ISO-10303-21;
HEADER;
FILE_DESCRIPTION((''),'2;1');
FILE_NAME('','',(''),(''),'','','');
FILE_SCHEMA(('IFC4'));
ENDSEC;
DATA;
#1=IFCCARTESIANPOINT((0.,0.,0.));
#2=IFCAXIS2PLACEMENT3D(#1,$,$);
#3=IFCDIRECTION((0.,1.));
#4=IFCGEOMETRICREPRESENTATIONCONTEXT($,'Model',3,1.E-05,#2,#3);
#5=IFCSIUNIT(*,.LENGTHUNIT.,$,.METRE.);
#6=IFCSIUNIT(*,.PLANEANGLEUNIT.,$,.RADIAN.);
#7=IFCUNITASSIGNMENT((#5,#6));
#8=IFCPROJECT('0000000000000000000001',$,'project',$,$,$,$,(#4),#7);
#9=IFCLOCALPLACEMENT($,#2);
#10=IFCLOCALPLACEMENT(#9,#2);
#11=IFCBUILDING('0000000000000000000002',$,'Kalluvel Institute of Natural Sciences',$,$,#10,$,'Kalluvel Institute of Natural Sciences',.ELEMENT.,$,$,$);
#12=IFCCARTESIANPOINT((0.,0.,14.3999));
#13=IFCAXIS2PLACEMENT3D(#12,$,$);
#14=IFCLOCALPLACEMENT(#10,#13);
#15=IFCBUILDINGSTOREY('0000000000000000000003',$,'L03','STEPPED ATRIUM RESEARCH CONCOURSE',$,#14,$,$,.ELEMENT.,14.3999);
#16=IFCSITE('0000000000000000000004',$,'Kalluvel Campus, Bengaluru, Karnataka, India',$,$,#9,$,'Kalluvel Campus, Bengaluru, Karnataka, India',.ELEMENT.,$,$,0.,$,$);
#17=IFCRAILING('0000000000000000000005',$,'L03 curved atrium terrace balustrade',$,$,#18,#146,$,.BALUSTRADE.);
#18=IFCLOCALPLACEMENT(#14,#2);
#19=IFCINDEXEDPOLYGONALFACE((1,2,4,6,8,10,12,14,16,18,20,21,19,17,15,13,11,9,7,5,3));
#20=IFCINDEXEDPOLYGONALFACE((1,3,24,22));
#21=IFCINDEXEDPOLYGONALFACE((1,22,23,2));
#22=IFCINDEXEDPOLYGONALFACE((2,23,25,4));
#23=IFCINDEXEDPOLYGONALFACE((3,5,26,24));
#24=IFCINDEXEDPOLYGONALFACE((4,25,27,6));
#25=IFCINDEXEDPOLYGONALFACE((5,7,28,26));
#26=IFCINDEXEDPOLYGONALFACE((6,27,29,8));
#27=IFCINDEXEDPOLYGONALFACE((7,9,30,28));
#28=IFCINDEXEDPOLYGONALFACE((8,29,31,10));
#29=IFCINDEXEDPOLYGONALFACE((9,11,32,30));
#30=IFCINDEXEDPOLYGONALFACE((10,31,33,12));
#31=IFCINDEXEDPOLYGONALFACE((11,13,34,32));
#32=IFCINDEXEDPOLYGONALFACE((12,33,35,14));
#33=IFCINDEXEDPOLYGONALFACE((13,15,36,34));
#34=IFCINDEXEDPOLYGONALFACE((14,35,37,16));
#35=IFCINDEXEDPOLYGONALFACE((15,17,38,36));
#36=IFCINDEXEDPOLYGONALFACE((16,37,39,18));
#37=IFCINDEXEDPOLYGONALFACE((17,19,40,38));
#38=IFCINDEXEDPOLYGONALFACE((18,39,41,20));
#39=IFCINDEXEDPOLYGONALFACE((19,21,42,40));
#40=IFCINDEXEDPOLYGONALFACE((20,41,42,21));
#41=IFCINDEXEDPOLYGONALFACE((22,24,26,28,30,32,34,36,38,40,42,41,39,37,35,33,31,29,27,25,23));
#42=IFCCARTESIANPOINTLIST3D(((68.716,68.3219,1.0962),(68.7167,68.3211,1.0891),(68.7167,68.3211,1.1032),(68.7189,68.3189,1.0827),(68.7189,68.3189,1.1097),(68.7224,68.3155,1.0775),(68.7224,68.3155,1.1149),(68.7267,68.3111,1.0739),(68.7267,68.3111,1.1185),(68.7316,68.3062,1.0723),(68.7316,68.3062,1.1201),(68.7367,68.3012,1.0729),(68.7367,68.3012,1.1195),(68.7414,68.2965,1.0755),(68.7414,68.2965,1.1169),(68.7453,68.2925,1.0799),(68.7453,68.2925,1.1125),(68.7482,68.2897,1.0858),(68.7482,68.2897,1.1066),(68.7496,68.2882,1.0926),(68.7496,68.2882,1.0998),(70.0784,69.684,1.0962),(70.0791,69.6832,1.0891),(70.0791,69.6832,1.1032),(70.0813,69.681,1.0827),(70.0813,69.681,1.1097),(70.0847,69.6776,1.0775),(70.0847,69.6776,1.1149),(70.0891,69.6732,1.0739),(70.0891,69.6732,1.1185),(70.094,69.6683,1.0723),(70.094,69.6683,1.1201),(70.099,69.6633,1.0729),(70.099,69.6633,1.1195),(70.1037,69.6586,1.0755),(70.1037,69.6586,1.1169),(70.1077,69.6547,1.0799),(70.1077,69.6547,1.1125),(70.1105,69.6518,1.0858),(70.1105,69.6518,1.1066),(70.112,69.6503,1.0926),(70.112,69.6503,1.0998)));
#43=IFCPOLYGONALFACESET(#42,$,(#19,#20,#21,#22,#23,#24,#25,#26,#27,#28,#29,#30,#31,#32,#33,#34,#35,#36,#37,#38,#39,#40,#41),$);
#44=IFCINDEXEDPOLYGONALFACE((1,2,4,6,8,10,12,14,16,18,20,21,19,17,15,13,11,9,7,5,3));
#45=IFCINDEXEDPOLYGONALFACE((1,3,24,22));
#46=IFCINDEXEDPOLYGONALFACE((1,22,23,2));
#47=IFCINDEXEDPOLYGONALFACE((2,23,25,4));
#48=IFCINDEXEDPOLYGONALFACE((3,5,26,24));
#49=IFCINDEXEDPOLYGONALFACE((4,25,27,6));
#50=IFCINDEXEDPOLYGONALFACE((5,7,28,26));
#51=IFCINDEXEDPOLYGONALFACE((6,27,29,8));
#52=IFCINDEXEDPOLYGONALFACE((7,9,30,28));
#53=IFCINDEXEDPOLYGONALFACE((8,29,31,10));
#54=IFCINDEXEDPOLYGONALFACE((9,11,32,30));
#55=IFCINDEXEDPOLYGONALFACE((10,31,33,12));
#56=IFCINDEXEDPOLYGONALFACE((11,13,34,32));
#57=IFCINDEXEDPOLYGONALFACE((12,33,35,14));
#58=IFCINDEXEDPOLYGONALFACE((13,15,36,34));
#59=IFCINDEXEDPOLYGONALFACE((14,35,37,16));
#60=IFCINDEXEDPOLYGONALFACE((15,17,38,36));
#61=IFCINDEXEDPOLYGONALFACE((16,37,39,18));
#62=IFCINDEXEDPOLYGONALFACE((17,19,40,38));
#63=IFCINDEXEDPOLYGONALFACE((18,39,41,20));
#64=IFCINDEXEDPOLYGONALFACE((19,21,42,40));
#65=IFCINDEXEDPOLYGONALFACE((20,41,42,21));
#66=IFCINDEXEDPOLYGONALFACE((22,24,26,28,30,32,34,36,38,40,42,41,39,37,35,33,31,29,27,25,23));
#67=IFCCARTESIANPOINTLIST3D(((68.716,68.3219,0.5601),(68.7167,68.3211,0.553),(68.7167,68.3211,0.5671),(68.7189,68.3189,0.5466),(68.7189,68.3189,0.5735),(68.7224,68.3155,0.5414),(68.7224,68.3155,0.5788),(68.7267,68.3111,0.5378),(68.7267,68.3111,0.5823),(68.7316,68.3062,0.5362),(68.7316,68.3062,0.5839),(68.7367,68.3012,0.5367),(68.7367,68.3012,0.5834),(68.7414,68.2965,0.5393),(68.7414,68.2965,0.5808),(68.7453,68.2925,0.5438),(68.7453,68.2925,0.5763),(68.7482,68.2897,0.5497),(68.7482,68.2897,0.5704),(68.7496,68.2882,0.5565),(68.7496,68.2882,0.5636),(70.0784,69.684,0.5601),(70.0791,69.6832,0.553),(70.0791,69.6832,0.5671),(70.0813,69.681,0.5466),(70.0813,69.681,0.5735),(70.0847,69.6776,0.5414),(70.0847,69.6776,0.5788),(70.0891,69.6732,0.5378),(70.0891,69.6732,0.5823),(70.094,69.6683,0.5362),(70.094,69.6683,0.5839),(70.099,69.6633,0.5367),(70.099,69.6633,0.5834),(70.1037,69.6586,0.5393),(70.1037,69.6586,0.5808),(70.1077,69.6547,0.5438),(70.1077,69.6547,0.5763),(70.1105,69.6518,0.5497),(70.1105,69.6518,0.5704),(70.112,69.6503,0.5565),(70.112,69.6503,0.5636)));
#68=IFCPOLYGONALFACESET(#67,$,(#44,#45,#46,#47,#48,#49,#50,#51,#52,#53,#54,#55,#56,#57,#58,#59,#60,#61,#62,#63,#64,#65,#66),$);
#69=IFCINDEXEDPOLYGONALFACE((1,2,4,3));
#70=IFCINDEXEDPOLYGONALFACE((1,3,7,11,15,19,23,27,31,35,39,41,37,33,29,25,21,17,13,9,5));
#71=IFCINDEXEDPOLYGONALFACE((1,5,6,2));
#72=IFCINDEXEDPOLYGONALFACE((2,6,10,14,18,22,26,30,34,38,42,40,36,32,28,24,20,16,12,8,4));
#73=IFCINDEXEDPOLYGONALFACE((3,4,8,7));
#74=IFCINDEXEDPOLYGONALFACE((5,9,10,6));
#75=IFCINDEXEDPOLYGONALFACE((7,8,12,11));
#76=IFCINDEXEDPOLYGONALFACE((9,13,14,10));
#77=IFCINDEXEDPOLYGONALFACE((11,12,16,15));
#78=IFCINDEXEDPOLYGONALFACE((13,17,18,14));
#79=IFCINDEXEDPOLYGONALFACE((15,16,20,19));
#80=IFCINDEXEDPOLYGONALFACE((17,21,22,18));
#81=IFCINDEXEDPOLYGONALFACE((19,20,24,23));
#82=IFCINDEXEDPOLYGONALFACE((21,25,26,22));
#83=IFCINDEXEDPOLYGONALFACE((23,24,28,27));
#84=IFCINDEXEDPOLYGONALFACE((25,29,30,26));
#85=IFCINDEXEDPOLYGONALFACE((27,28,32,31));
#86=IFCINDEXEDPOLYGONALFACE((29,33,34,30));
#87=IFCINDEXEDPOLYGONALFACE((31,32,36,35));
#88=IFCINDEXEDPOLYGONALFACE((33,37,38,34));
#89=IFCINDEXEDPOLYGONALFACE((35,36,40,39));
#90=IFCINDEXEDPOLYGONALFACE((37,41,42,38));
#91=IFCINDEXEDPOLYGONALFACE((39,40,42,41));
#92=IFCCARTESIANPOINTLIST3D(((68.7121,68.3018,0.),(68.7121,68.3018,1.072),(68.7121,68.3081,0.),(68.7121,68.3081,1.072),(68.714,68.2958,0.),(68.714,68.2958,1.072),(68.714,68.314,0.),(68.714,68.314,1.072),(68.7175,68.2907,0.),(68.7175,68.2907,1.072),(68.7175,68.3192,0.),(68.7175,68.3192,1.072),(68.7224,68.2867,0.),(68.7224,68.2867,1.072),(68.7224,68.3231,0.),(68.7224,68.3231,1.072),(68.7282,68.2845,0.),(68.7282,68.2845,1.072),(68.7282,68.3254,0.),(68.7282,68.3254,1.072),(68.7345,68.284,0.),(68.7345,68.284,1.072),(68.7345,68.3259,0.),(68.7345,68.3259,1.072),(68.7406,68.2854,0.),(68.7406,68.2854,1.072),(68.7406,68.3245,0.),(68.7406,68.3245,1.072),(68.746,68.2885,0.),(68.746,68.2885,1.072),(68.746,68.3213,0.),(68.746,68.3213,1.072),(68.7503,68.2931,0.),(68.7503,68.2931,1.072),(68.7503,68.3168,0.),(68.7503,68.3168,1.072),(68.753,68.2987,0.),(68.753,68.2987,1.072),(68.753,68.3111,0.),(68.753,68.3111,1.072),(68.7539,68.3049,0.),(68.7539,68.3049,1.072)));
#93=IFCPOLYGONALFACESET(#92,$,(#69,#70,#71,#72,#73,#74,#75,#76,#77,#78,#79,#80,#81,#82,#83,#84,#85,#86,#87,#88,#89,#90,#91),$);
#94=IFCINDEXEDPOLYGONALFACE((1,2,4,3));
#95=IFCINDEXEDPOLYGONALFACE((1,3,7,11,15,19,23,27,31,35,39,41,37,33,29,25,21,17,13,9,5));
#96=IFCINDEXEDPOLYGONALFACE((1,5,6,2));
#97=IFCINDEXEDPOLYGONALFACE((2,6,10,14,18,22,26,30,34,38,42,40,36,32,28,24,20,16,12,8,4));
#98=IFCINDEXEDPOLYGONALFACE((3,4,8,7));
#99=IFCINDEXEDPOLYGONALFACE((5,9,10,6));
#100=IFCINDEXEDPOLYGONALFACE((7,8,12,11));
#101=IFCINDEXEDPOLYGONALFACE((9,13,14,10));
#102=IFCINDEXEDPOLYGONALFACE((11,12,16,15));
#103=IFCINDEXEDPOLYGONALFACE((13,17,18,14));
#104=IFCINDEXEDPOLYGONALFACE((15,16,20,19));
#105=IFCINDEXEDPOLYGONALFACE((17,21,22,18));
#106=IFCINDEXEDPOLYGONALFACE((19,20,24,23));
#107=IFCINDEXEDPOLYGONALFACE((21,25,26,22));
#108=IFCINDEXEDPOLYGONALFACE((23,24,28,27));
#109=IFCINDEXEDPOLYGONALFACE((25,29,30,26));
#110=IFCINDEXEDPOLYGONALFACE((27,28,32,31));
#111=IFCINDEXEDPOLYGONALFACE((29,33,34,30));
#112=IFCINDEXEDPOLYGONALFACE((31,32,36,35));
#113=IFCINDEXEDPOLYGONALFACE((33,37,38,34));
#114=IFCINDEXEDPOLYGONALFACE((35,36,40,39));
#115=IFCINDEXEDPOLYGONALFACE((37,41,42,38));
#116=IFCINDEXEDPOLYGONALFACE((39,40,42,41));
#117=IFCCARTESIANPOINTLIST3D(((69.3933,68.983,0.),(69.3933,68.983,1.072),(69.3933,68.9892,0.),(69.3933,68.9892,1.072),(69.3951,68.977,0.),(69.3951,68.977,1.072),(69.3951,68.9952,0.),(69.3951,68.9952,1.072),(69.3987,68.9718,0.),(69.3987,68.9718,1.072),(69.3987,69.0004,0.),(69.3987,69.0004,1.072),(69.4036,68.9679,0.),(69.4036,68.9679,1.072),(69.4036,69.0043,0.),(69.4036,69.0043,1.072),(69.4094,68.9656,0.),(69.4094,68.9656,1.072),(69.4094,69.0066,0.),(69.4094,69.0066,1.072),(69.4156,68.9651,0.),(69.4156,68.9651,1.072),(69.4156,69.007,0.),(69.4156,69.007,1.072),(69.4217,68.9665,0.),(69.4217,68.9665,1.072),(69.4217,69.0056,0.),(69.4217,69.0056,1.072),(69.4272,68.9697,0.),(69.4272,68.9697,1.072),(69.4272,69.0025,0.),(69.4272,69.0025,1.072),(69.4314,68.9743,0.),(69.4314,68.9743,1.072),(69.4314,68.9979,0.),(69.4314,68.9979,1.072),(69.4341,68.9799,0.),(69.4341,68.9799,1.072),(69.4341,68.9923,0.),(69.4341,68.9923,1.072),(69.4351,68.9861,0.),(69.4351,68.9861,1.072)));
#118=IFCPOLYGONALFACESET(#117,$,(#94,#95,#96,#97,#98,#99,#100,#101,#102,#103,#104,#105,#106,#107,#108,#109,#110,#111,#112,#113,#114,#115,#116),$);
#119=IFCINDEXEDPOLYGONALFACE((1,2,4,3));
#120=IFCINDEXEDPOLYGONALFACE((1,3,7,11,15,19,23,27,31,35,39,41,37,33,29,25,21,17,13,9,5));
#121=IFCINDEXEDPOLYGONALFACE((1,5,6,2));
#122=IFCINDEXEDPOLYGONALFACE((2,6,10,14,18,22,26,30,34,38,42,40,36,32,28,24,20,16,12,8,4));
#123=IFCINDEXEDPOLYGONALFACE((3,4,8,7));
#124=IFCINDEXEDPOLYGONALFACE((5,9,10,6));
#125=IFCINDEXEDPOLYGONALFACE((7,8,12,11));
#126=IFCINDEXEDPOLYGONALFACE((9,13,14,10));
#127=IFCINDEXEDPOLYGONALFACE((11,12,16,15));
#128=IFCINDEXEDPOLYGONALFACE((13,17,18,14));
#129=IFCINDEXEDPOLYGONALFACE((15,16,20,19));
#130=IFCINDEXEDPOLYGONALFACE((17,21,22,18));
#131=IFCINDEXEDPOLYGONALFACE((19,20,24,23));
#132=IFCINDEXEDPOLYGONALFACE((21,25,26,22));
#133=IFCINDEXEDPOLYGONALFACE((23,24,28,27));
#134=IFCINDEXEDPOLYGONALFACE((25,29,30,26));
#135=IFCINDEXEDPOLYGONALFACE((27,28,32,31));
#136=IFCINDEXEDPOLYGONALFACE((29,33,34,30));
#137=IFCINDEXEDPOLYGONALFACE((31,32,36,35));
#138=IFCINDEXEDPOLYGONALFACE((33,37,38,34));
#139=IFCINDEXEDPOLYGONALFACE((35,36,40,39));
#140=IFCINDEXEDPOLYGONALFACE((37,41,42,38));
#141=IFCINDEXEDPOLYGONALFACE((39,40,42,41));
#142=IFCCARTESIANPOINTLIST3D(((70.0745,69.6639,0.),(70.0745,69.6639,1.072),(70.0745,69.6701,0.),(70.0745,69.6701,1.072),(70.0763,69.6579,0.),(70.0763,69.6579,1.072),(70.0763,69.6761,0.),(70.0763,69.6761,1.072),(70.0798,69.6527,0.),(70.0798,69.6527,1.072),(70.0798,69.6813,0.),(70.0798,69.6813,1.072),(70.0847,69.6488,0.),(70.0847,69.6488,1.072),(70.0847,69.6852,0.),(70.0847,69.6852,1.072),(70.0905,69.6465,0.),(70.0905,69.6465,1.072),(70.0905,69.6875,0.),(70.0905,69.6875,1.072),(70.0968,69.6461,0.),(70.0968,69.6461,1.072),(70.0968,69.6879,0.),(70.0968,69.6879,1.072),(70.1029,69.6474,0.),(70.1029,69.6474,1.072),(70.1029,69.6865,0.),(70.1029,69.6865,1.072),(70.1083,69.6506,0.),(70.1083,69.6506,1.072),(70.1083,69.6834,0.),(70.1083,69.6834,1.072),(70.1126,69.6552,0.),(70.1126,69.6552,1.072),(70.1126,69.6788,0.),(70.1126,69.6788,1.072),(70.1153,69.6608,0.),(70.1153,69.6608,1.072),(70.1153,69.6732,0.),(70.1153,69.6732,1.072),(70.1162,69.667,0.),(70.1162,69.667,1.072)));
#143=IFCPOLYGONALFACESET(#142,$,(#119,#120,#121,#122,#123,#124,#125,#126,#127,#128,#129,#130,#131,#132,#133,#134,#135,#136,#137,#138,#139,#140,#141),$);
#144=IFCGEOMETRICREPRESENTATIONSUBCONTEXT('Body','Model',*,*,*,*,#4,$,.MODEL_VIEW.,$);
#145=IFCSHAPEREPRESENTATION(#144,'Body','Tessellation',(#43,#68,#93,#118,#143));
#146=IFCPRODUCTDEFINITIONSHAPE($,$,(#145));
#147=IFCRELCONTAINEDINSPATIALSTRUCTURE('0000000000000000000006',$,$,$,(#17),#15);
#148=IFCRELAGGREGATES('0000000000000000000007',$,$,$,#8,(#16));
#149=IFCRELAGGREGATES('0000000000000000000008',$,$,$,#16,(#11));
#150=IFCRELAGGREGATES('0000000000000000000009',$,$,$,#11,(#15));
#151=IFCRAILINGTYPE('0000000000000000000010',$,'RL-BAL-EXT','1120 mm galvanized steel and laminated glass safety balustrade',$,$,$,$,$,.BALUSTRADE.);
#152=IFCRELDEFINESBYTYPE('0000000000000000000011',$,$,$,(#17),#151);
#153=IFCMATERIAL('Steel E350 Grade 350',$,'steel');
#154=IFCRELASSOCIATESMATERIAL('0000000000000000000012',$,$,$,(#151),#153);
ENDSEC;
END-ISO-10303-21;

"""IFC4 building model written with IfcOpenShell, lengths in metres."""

from ifc_helpers import new_model, si_unit, direction, frame, origin, origin_2d, place, context, subcontext, project, spatial, circle, extrude, material, type_object, element, save


model = new_model("IFC4")

# Units and contexts
model_context = context("Model", 3, precision=1e-05, world=origin(), true_north=direction((0.0, 1.0)))
body_context = subcontext(model_context, "Body", "Model", "MODEL_VIEW")
ifc_project = project(units=[si_unit("LENGTHUNIT", "METRE"), si_unit("PLANEANGLEUNIT", "RADIAN")], contexts=[model_context])

# Site, building, storey
site_placement = place(None, origin())
site = spatial("IfcSite", under=ifc_project, at=site_placement, Name="Kalluvel Campus, Bengaluru, Karnataka, India", LongName="Kalluvel Campus, Bengaluru, Karnataka, India", CompositionType="ELEMENT", RefElevation=0.0)
building_placement = place(site_placement, origin())
building = spatial("IfcBuilding", under=site, at=building_placement, Name="Kalluvel Institute of Natural Sciences", LongName="Kalluvel Institute of Natural Sciences", CompositionType="ELEMENT")
storey_placement = place(building_placement, frame((0.0, 0.0, 14.3999)))
storey = spatial("IfcBuildingStorey", under=building, at=storey_placement, Name="L03", Description="STEPPED ATRIUM RESEARCH CONCOURSE", CompositionType="ELEMENT", Elevation=14.3999)

# Railing
ifc_material_1 = material(Name="Steel E350 Grade 350", Category="steel")
railing_type = type_object("IfcRailingType", Name="RL-BAL-EXT", Description="1120 mm galvanized steel and laminated glass safety balustrade", PredefinedType="BALUSTRADE", material=ifc_material_1)
railing_1_placement = place(storey_placement, frame((68.7329, 68.3049, 0.0)))
element("IfcRailing", 1, at=railing_1_placement, inside=storey, type_object=railing_type, Name="L03 curved atrium terrace balustrade", PredefinedType="BALUSTRADE", context=body_context, shape_type="SweptSolid", body=[
    extrude(circle(Radius=0.0239, at=origin_2d()), frame((0.0, 0.0, 1.0962), z_axis=(0.70717, 0.707043, 0.0), x_axis=(-0.707043, 0.70717, 0.0)), (0.0, 0.0, 1.0), 1.9265),
    extrude(circle(Radius=0.0239, at=origin_2d()), frame((0.0, 0.0, 0.5601), z_axis=(0.70717, 0.707043, 0.0), x_axis=(-0.707043, 0.70717, 0.0)), (0.0, 0.0, 1.0), 1.9265),
    extrude(circle(Radius=0.021, at=origin_2d()), origin(), (0.0, 0.0, 1.0), 1.072),
    extrude(circle(Radius=0.021, at=origin_2d()), frame((0.6812, 0.6812, 0.0)), (0.0, 0.0, 1.0), 1.072),
    extrude(circle(Radius=0.021, at=origin_2d()), frame((1.3623, 1.3621, 0.0)), (0.0, 0.0, 1.0), 1.072),
])

save(model, "model.ifc")
